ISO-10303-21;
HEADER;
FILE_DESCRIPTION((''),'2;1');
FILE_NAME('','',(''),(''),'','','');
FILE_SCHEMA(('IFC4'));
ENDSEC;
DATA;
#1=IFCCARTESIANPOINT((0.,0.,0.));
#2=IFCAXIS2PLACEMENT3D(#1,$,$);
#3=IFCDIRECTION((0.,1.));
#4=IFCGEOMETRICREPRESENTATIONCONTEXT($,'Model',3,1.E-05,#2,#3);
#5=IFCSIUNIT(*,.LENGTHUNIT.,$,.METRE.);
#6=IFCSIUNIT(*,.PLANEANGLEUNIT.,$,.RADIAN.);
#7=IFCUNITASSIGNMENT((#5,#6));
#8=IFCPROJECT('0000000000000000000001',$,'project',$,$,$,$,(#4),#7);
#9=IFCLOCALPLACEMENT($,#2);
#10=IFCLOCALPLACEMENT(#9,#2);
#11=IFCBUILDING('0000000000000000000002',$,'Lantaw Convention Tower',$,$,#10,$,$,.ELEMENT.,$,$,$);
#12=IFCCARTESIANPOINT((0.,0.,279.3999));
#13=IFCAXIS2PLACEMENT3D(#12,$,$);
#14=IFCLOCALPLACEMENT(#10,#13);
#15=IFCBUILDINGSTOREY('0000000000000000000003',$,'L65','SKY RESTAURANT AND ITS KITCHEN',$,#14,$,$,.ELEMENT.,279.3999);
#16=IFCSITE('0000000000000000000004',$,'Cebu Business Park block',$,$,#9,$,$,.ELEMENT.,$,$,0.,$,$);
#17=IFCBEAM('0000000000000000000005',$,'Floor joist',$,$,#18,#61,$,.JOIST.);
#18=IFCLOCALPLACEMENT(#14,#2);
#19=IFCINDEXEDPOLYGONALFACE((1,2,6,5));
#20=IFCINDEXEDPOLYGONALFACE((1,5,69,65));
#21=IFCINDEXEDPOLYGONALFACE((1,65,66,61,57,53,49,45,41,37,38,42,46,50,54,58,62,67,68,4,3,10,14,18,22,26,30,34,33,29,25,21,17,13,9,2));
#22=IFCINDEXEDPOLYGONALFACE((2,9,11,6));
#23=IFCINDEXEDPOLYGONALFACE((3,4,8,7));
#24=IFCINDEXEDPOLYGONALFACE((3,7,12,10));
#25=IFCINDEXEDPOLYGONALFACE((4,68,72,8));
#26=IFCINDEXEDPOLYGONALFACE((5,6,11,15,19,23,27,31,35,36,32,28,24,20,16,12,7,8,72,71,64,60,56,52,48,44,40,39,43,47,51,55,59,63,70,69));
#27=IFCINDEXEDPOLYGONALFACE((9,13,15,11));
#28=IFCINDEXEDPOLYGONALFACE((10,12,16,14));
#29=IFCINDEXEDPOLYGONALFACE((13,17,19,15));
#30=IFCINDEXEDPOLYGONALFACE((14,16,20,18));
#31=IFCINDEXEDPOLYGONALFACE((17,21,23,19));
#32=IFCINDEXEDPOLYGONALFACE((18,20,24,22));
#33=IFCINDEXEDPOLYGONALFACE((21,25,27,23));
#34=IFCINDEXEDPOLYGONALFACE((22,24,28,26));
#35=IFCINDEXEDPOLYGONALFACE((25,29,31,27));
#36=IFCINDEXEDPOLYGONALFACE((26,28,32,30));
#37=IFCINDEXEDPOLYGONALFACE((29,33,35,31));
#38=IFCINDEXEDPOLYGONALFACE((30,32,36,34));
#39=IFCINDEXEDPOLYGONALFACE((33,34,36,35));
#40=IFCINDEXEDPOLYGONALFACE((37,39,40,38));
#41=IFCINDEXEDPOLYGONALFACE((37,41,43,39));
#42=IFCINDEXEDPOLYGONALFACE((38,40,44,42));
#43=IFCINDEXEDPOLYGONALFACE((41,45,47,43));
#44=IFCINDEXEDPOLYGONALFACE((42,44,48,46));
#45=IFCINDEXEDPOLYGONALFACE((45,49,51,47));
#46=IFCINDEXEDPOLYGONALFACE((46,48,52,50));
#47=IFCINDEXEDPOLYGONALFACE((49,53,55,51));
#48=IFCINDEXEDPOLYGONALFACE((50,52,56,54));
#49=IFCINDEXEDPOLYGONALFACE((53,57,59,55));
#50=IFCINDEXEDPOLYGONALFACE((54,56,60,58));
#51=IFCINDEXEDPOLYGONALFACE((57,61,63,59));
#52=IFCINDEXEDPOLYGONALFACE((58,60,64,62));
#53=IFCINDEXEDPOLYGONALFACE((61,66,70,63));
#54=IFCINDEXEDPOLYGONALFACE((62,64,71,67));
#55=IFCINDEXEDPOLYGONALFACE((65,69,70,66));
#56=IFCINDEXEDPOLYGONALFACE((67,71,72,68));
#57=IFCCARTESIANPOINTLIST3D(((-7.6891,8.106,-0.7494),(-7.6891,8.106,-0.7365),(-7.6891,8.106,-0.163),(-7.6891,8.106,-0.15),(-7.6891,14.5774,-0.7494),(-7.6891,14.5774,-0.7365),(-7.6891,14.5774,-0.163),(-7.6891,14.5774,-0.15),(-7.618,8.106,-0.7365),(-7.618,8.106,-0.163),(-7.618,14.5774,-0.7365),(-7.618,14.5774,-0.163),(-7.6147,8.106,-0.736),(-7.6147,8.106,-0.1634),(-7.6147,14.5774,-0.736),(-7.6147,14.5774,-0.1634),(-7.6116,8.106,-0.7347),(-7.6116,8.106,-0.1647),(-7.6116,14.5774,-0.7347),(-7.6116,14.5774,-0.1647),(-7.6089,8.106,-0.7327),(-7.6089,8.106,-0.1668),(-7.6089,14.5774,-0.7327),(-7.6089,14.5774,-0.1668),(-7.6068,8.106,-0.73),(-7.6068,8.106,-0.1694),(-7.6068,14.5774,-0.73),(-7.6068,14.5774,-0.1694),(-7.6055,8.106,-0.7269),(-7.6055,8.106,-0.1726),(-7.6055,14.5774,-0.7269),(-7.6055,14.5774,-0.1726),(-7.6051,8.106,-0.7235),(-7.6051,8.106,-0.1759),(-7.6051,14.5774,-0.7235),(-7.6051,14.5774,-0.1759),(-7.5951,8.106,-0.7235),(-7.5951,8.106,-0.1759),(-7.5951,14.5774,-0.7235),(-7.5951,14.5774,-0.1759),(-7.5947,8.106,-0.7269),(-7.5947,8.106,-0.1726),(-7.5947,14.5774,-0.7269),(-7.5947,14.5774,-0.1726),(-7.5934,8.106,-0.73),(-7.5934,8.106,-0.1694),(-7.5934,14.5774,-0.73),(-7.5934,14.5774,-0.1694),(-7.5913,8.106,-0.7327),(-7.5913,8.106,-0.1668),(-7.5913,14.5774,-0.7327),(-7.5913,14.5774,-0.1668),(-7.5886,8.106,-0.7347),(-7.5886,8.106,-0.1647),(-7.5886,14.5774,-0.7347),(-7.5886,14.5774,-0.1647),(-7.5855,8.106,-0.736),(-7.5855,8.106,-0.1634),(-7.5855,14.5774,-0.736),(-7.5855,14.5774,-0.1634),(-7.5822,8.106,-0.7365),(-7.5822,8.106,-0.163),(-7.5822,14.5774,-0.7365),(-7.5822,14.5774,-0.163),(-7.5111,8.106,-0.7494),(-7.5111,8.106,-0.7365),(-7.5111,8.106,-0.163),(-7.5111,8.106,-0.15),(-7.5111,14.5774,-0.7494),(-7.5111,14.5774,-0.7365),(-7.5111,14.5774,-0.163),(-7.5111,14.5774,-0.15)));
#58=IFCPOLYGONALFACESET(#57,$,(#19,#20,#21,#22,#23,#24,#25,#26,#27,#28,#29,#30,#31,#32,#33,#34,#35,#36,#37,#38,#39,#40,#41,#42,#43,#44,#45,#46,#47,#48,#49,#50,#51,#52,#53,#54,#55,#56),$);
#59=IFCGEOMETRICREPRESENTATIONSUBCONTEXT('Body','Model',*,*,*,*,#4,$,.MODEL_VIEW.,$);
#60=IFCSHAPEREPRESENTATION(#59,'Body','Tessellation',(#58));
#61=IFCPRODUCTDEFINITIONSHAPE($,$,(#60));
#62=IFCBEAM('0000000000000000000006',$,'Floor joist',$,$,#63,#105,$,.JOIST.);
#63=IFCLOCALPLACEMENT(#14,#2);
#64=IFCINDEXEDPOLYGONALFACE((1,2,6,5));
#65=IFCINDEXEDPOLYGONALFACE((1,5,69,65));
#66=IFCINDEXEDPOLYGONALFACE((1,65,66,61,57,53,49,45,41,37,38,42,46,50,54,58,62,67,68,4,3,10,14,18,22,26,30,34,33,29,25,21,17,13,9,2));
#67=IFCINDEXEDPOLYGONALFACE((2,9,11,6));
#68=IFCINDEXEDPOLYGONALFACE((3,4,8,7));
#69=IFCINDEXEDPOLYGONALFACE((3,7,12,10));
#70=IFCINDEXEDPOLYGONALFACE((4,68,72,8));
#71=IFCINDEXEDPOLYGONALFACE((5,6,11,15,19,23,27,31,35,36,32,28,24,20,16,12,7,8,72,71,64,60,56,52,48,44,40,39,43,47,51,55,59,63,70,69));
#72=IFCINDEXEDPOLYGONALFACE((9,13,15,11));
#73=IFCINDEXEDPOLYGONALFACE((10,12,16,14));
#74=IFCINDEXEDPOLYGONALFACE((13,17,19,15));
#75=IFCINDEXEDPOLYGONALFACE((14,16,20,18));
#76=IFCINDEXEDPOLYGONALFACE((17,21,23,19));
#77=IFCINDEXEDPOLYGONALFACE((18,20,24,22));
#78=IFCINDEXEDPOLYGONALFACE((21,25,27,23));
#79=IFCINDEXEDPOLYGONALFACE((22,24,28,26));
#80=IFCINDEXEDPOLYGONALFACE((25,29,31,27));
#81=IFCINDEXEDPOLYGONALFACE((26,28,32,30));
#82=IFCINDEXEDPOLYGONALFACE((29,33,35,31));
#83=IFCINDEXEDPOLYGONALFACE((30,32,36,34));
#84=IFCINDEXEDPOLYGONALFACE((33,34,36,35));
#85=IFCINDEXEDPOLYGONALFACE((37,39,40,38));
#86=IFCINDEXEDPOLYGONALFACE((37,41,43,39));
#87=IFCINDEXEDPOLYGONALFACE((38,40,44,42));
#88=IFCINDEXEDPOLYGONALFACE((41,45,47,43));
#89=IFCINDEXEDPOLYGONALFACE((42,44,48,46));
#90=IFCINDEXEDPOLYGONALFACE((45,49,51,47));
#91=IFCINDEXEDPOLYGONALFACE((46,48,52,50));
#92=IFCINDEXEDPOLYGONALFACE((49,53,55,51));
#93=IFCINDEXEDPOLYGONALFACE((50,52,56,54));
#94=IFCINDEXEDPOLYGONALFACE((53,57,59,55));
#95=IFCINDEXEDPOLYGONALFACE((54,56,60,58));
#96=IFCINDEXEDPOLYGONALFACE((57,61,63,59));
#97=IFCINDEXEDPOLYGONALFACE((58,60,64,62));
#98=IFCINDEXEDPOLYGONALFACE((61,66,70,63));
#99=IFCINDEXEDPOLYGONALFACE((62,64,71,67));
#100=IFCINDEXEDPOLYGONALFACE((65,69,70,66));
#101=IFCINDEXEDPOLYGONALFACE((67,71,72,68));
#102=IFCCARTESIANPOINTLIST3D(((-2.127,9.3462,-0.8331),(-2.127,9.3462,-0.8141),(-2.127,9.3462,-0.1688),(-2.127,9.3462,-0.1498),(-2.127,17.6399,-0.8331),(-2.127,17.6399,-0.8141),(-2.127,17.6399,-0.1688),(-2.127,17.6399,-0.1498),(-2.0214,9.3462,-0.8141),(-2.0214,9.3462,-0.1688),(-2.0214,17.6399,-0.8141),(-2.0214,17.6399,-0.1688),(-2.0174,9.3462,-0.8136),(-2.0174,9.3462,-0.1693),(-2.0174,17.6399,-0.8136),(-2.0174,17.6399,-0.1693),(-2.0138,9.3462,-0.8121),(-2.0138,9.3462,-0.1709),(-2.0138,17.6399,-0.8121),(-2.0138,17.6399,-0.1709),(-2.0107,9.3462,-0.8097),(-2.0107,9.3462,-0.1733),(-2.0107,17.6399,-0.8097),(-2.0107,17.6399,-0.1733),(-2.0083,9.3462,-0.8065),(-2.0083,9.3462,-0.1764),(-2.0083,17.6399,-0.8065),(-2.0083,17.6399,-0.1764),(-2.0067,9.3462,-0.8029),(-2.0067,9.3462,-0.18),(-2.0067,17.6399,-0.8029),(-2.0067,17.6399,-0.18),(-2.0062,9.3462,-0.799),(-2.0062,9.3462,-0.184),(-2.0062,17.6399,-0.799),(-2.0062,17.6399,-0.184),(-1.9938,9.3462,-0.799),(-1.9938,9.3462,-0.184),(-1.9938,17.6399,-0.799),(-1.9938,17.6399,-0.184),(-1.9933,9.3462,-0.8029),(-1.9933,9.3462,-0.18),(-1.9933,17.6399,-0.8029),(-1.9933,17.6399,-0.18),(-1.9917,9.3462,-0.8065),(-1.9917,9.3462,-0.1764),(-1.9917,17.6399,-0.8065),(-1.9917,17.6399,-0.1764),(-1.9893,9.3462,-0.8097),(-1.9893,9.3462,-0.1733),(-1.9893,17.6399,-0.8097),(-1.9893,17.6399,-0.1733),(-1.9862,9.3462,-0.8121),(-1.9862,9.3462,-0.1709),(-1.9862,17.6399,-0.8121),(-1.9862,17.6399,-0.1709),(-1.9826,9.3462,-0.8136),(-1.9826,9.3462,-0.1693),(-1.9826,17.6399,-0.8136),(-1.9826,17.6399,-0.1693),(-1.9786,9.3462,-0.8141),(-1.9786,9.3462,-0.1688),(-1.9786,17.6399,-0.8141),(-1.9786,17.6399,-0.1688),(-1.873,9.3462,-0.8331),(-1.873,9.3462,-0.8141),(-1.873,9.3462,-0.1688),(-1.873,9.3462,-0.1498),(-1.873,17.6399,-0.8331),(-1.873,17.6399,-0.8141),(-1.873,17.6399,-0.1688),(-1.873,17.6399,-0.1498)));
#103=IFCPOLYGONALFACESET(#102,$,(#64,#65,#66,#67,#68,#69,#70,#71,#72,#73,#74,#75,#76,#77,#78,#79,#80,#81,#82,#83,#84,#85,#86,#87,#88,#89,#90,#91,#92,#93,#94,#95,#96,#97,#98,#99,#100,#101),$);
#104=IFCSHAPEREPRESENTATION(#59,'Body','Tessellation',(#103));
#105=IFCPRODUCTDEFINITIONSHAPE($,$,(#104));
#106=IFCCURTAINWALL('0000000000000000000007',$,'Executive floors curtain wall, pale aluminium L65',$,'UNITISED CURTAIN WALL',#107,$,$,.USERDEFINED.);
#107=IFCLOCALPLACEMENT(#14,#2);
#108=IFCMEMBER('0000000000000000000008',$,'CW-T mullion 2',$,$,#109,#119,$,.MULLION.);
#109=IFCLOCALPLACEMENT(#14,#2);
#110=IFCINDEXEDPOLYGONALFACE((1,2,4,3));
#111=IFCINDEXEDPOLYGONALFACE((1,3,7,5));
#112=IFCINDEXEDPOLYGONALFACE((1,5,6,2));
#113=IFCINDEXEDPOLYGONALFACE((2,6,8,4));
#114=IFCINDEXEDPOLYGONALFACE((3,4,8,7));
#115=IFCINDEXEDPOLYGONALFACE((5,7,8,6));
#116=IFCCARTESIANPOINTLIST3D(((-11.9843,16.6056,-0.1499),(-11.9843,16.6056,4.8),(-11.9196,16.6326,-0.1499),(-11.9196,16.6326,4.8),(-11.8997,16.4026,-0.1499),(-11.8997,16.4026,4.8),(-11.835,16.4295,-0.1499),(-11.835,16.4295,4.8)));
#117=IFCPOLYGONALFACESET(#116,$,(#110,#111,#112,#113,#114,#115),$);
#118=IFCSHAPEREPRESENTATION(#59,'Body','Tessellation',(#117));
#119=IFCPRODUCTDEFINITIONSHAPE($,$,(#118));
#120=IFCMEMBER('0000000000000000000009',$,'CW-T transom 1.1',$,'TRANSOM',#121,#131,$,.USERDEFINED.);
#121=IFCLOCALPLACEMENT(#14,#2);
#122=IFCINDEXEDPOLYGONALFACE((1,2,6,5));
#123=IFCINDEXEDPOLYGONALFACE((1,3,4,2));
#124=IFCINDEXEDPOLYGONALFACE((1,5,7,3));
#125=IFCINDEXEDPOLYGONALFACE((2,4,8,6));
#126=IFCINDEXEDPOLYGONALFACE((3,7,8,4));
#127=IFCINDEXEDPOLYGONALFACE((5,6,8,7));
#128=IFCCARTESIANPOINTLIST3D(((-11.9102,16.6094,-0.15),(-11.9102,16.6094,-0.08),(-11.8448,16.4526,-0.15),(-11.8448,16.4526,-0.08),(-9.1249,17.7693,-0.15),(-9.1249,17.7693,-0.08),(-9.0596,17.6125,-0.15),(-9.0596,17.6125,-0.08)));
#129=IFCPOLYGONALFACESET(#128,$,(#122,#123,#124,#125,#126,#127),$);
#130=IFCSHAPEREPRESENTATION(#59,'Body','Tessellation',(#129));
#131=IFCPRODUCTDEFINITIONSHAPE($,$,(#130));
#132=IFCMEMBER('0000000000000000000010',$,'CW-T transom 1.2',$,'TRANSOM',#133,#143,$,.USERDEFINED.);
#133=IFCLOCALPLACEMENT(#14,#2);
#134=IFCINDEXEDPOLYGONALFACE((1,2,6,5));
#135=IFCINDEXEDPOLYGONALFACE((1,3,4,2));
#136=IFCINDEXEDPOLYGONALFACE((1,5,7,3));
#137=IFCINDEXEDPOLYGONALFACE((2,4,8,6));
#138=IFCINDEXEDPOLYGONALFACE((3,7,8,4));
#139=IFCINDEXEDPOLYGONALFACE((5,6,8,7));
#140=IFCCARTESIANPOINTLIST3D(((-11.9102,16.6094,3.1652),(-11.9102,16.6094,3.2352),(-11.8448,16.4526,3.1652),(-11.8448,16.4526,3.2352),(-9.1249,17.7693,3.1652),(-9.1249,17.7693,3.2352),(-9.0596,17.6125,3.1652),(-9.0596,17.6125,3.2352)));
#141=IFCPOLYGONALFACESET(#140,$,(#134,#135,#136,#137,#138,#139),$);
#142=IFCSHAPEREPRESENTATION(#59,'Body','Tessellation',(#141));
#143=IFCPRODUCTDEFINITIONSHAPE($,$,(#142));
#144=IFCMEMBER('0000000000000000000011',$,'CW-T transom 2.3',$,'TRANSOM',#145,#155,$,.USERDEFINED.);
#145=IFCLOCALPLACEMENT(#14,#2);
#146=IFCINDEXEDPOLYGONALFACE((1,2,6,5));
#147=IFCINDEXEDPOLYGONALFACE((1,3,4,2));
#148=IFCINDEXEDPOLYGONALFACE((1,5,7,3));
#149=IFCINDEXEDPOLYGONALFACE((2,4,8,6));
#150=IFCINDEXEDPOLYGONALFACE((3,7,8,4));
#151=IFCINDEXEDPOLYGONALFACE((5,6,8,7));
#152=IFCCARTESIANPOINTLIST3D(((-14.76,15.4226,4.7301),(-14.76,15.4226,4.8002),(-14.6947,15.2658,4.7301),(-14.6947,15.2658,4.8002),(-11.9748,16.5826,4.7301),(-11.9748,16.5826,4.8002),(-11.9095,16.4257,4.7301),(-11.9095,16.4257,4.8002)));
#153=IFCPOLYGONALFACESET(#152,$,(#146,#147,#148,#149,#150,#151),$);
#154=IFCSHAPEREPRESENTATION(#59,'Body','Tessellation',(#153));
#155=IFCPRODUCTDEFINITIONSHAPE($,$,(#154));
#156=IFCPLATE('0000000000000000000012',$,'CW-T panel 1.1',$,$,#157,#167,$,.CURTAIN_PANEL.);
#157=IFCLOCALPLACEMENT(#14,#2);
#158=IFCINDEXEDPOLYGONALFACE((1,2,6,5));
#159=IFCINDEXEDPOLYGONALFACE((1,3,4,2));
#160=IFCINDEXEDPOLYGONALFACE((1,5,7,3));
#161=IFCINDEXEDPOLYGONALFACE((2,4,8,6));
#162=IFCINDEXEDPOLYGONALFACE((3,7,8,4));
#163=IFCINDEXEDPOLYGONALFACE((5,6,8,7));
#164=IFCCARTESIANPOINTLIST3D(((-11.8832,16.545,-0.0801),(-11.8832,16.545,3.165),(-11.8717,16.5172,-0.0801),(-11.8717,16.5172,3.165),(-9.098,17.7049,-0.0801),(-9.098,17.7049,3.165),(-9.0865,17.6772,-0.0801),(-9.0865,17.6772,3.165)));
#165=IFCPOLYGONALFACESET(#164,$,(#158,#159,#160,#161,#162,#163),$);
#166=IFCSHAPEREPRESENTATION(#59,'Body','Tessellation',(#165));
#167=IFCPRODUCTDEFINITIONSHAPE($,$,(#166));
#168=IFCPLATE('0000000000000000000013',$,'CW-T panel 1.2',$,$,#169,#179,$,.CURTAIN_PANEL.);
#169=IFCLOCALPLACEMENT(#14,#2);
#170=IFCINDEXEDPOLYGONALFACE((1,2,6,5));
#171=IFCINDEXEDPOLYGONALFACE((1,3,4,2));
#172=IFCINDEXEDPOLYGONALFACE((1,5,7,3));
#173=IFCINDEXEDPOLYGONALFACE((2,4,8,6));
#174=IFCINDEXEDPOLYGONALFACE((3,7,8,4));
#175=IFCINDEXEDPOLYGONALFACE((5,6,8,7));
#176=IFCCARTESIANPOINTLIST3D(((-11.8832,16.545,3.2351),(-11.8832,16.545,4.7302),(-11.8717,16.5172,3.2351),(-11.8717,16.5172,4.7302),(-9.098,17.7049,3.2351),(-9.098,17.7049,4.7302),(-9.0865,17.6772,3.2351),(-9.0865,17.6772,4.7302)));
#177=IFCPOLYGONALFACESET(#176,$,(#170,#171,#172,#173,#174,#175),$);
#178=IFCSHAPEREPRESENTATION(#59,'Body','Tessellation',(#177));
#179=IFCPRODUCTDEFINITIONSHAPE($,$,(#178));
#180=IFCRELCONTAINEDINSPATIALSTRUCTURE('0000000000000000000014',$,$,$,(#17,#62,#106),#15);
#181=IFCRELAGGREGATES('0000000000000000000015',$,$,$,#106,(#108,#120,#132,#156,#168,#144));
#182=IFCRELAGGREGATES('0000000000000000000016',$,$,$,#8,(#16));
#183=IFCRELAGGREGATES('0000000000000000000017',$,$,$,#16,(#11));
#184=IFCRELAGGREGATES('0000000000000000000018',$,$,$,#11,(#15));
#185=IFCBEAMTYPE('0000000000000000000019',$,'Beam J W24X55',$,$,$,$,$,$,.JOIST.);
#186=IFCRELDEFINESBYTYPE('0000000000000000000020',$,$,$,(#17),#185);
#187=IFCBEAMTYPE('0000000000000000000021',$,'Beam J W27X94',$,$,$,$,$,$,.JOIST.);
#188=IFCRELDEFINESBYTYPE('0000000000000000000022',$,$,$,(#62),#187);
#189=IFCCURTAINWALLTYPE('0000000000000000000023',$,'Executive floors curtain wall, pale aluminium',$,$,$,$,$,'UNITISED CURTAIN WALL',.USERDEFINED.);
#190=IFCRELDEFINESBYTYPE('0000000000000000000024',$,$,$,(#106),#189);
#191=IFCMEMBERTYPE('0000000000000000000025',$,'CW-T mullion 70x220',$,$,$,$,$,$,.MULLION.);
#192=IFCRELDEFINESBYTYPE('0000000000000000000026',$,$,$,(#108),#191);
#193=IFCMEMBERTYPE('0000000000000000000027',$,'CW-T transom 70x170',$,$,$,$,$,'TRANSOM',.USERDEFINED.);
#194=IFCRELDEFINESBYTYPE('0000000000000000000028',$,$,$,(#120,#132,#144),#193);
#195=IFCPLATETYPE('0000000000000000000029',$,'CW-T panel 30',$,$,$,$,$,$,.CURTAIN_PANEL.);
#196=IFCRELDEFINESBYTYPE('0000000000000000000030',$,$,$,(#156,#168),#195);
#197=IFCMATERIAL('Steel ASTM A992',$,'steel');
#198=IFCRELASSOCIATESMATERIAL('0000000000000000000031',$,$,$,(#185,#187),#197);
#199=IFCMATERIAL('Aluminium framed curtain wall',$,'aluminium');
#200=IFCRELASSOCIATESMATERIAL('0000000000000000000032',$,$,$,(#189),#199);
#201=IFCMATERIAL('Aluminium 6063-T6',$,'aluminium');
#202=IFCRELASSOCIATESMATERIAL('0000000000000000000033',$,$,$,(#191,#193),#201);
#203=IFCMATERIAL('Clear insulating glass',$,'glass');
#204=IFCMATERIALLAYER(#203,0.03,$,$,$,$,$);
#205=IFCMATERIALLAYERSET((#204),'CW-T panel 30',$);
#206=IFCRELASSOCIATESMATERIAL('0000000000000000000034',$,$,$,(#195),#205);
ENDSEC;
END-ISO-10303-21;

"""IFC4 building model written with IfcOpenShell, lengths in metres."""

from ifc_helpers import new_model, si_unit, direction, frame, origin, origin_2d, place, context, subcontext, project, spatial, rectangle, i_section, extrude, material, layer, layer_set, material_profile, profile_set, type_object, element, aggregate, save


model = new_model("IFC4")

# Units and contexts
model_context = context("Model", 3, precision=1e-05, world=origin(), true_north=direction((0.0, 1.0)))
body_context = subcontext(model_context, "Body", "Model", "MODEL_VIEW")
ifc_project = project(units=[si_unit("LENGTHUNIT", "METRE"), si_unit("PLANEANGLEUNIT", "RADIAN")], contexts=[model_context])

# Site, building, storey
site_placement = place(None, origin())
site = spatial("IfcSite", under=ifc_project, at=site_placement, Name="Cebu Business Park block", CompositionType="ELEMENT", RefElevation=0.0)
building_placement = place(site_placement, origin())
building = spatial("IfcBuilding", under=site, at=building_placement, Name="Lantaw Convention Tower", CompositionType="ELEMENT")
storey_placement = place(building_placement, frame((0.0, 0.0, 279.3999)))
storey = spatial("IfcBuildingStorey", under=building, at=storey_placement, Name="L65", Description="SKY RESTAURANT AND ITS KITCHEN", CompositionType="ELEMENT", Elevation=279.3999)

# Beams
ifc_material_1 = material(Name="Steel ASTM A992", Category="steel")
ifc_material_profile_1 = material_profile(ifc_material_1, i_section(OverallWidth=0.178, OverallDepth=0.5994, WebThickness=0.01, FlangeThickness=0.0129, FilletRadius=0.0129, at=origin_2d()), Name="W24X55")
ifc_profile_set_1 = profile_set([ifc_material_profile_1], Name="Steel ASTM A992")
beam_type_1 = type_object("IfcBeamType", Name="Beam J W24X55", PredefinedType="JOIST", material=ifc_profile_set_1)
beam_1_placement = place(storey_placement, frame((-7.6001, 8.106, -0.4497), z_axis=(0.0, 1.0, 0.0), x_axis=(-1.0, 0.0, 0.0)))
element("IfcBeam", 1, at=beam_1_placement, inside=storey, type_object=beam_type_1, Name="Floor joist", PredefinedType="JOIST", context=body_context, shape_type="SweptSolid", body=[
    extrude(i_section(OverallWidth=0.178, OverallDepth=0.5994, WebThickness=0.01, FlangeThickness=0.0129, FilletRadius=0.0129, at=origin_2d()), origin(), (0.0, 0.0, 1.0), 6.4714),
])
ifc_material_profile_2 = material_profile(ifc_material_1, i_section(OverallWidth=0.2539, OverallDepth=0.6833, WebThickness=0.0125, FlangeThickness=0.019, FilletRadius=0.0151, at=origin_2d()), Name="W27X94")
ifc_profile_set_2 = profile_set([ifc_material_profile_2], Name="Steel ASTM A992")
beam_type_2 = type_object("IfcBeamType", Name="Beam J W27X94", PredefinedType="JOIST", material=ifc_profile_set_2)
beam_2_placement = place(storey_placement, frame((-2.0, 9.3462, -0.4915), z_axis=(0.0, 1.0, 0.0), x_axis=(-1.0, 0.0, 0.0)))
element("IfcBeam", 2, at=beam_2_placement, inside=storey, type_object=beam_type_2, Name="Floor joist", PredefinedType="JOIST", context=body_context, shape_type="SweptSolid", body=[
    extrude(i_section(OverallWidth=0.2539, OverallDepth=0.6833, WebThickness=0.0125, FlangeThickness=0.019, FilletRadius=0.0151, at=origin_2d()), origin(), (0.0, 0.0, 1.0), 8.2937),
])

# Curtain wall, members, plates
ifc_material_2 = material(Name="Aluminium framed curtain wall", Category="aluminium")
curtain_wall_type = type_object("IfcCurtainWallType", Name="Executive floors curtain wall, pale aluminium", ElementType="UNITISED CURTAIN WALL", PredefinedType="USERDEFINED", material=ifc_material_2)
curtain_wall_placement = place(storey_placement, origin())
curtain_wall = element("IfcCurtainWall", 3, at=curtain_wall_placement, inside=storey, type_object=curtain_wall_type, Name="Executive floors curtain wall, pale aluminium L65", ObjectType="UNITISED CURTAIN WALL", PredefinedType="USERDEFINED")
ifc_material_3 = material(Name="Aluminium 6063-T6", Category="aluminium")
ifc_material_profile_3 = material_profile(ifc_material_3, rectangle(XDim=0.22, YDim=0.0701, at=origin_2d()), Name="CW-T mullion 70x220")
ifc_profile_set_3 = profile_set([ifc_material_profile_3], Name="Aluminium 6063-T6")
member_type_1 = type_object("IfcMemberType", Name="CW-T mullion 70x220", PredefinedType="MULLION", material=ifc_profile_set_3)
member_1_placement = place(storey_placement, frame((-11.9097, 16.5176, -0.1499), z_axis=(0.0, 0.0, 1.0), x_axis=(0.38446, -0.923142, 0.0)))
member_1 = element("IfcMember", 4, at=member_1_placement, type_object=member_type_1, Name="CW-T mullion 2", PredefinedType="MULLION", context=body_context, shape_type="SweptSolid", body=[
    extrude(rectangle(XDim=0.22, YDim=0.0701, at=origin_2d()), origin(), (0.0, 0.0, 1.0), 4.95),
])
ifc_material_profile_4 = material_profile(ifc_material_3, rectangle(XDim=0.1699, YDim=0.0701, at=origin_2d()), Name="CW-T transom 70x170")
ifc_profile_set_4 = profile_set([ifc_material_profile_4], Name="Aluminium 6063-T6")
member_type_2 = type_object("IfcMemberType", Name="CW-T transom 70x170", ElementType="TRANSOM", PredefinedType="USERDEFINED", material=ifc_profile_set_4)
member_2_placement = place(storey_placement, frame((-9.0923, 17.6909, -0.115), z_axis=(-0.923144, -0.384454, 0.0), x_axis=(0.384454, -0.923144, 0.0)))
member_2 = element("IfcMember", 5, at=member_2_placement, type_object=member_type_2, Name="CW-T transom 1.1", ObjectType="TRANSOM", PredefinedType="USERDEFINED", context=body_context, shape_type="SweptSolid", body=[
    extrude(rectangle(XDim=0.1699, YDim=0.0701, at=origin_2d()), origin(), (0.0, 0.0, 1.0), 3.0171),
])
member_3_placement = place(storey_placement, frame((-9.0923, 17.6909, 3.2002), z_axis=(-0.923144, -0.384454, 0.0), x_axis=(0.384454, -0.923144, 0.0)))
member_3 = element("IfcMember", 6, at=member_3_placement, type_object=member_type_2, Name="CW-T transom 1.2", ObjectType="TRANSOM", PredefinedType="USERDEFINED", context=body_context, shape_type="SweptSolid", body=[
    extrude(rectangle(XDim=0.1699, YDim=0.0701, at=origin_2d()), origin(), (0.0, 0.0, 1.0), 3.0171),
])
member_4_placement = place(storey_placement, frame((-11.9421, 16.5042, 4.7651), z_axis=(-0.923144, -0.384454, 0.0), x_axis=(0.384454, -0.923144, 0.0)))
member_4 = element("IfcMember", 7, at=member_4_placement, type_object=member_type_2, Name="CW-T transom 2.3", ObjectType="TRANSOM", PredefinedType="USERDEFINED", context=body_context, shape_type="SweptSolid", body=[
    extrude(rectangle(XDim=0.1699, YDim=0.0701, at=origin_2d()), origin(), (0.0, 0.0, 1.0), 3.0171),
])
ifc_material_4 = material(Name="Clear insulating glass", Category="glass")
ifc_layer_1 = layer(ifc_material_4, 0.03)
ifc_layer_set_1 = layer_set([ifc_layer_1], Name="CW-T panel 30")
plate_type = type_object("IfcPlateType", Name="CW-T panel 30", PredefinedType="CURTAIN_PANEL", material=ifc_layer_set_1)
plate_1_placement = place(storey_placement, frame((-10.4849, 17.1111, -0.0801), z_axis=(0.0, 0.0, 1.0), x_axis=(-0.923142, -0.38446, 0.0)))
plate_1 = element("IfcPlate", 8, at=plate_1_placement, type_object=plate_type, Name="CW-T panel 1.1", PredefinedType="CURTAIN_PANEL", context=body_context, shape_type="SweptSolid", body=[
    extrude(rectangle(XDim=3.0171, YDim=0.03, at=origin_2d()), origin(), (0.0, 0.0, 1.0), 3.2451),
])
plate_2_placement = place(storey_placement, frame((-10.4849, 17.1111, 3.2351), z_axis=(0.0, 0.0, 1.0), x_axis=(-0.923142, -0.38446, 0.0)))
plate_2 = element("IfcPlate", 9, at=plate_2_placement, type_object=plate_type, Name="CW-T panel 1.2", PredefinedType="CURTAIN_PANEL", context=body_context, shape_type="SweptSolid", body=[
    extrude(rectangle(XDim=3.0171, YDim=0.03, at=origin_2d()), origin(), (0.0, 0.0, 1.0), 1.4951),
])
aggregate(curtain_wall, [member_1, member_2, member_3, plate_1, plate_2, member_4])

save(model, "model.ifc")
